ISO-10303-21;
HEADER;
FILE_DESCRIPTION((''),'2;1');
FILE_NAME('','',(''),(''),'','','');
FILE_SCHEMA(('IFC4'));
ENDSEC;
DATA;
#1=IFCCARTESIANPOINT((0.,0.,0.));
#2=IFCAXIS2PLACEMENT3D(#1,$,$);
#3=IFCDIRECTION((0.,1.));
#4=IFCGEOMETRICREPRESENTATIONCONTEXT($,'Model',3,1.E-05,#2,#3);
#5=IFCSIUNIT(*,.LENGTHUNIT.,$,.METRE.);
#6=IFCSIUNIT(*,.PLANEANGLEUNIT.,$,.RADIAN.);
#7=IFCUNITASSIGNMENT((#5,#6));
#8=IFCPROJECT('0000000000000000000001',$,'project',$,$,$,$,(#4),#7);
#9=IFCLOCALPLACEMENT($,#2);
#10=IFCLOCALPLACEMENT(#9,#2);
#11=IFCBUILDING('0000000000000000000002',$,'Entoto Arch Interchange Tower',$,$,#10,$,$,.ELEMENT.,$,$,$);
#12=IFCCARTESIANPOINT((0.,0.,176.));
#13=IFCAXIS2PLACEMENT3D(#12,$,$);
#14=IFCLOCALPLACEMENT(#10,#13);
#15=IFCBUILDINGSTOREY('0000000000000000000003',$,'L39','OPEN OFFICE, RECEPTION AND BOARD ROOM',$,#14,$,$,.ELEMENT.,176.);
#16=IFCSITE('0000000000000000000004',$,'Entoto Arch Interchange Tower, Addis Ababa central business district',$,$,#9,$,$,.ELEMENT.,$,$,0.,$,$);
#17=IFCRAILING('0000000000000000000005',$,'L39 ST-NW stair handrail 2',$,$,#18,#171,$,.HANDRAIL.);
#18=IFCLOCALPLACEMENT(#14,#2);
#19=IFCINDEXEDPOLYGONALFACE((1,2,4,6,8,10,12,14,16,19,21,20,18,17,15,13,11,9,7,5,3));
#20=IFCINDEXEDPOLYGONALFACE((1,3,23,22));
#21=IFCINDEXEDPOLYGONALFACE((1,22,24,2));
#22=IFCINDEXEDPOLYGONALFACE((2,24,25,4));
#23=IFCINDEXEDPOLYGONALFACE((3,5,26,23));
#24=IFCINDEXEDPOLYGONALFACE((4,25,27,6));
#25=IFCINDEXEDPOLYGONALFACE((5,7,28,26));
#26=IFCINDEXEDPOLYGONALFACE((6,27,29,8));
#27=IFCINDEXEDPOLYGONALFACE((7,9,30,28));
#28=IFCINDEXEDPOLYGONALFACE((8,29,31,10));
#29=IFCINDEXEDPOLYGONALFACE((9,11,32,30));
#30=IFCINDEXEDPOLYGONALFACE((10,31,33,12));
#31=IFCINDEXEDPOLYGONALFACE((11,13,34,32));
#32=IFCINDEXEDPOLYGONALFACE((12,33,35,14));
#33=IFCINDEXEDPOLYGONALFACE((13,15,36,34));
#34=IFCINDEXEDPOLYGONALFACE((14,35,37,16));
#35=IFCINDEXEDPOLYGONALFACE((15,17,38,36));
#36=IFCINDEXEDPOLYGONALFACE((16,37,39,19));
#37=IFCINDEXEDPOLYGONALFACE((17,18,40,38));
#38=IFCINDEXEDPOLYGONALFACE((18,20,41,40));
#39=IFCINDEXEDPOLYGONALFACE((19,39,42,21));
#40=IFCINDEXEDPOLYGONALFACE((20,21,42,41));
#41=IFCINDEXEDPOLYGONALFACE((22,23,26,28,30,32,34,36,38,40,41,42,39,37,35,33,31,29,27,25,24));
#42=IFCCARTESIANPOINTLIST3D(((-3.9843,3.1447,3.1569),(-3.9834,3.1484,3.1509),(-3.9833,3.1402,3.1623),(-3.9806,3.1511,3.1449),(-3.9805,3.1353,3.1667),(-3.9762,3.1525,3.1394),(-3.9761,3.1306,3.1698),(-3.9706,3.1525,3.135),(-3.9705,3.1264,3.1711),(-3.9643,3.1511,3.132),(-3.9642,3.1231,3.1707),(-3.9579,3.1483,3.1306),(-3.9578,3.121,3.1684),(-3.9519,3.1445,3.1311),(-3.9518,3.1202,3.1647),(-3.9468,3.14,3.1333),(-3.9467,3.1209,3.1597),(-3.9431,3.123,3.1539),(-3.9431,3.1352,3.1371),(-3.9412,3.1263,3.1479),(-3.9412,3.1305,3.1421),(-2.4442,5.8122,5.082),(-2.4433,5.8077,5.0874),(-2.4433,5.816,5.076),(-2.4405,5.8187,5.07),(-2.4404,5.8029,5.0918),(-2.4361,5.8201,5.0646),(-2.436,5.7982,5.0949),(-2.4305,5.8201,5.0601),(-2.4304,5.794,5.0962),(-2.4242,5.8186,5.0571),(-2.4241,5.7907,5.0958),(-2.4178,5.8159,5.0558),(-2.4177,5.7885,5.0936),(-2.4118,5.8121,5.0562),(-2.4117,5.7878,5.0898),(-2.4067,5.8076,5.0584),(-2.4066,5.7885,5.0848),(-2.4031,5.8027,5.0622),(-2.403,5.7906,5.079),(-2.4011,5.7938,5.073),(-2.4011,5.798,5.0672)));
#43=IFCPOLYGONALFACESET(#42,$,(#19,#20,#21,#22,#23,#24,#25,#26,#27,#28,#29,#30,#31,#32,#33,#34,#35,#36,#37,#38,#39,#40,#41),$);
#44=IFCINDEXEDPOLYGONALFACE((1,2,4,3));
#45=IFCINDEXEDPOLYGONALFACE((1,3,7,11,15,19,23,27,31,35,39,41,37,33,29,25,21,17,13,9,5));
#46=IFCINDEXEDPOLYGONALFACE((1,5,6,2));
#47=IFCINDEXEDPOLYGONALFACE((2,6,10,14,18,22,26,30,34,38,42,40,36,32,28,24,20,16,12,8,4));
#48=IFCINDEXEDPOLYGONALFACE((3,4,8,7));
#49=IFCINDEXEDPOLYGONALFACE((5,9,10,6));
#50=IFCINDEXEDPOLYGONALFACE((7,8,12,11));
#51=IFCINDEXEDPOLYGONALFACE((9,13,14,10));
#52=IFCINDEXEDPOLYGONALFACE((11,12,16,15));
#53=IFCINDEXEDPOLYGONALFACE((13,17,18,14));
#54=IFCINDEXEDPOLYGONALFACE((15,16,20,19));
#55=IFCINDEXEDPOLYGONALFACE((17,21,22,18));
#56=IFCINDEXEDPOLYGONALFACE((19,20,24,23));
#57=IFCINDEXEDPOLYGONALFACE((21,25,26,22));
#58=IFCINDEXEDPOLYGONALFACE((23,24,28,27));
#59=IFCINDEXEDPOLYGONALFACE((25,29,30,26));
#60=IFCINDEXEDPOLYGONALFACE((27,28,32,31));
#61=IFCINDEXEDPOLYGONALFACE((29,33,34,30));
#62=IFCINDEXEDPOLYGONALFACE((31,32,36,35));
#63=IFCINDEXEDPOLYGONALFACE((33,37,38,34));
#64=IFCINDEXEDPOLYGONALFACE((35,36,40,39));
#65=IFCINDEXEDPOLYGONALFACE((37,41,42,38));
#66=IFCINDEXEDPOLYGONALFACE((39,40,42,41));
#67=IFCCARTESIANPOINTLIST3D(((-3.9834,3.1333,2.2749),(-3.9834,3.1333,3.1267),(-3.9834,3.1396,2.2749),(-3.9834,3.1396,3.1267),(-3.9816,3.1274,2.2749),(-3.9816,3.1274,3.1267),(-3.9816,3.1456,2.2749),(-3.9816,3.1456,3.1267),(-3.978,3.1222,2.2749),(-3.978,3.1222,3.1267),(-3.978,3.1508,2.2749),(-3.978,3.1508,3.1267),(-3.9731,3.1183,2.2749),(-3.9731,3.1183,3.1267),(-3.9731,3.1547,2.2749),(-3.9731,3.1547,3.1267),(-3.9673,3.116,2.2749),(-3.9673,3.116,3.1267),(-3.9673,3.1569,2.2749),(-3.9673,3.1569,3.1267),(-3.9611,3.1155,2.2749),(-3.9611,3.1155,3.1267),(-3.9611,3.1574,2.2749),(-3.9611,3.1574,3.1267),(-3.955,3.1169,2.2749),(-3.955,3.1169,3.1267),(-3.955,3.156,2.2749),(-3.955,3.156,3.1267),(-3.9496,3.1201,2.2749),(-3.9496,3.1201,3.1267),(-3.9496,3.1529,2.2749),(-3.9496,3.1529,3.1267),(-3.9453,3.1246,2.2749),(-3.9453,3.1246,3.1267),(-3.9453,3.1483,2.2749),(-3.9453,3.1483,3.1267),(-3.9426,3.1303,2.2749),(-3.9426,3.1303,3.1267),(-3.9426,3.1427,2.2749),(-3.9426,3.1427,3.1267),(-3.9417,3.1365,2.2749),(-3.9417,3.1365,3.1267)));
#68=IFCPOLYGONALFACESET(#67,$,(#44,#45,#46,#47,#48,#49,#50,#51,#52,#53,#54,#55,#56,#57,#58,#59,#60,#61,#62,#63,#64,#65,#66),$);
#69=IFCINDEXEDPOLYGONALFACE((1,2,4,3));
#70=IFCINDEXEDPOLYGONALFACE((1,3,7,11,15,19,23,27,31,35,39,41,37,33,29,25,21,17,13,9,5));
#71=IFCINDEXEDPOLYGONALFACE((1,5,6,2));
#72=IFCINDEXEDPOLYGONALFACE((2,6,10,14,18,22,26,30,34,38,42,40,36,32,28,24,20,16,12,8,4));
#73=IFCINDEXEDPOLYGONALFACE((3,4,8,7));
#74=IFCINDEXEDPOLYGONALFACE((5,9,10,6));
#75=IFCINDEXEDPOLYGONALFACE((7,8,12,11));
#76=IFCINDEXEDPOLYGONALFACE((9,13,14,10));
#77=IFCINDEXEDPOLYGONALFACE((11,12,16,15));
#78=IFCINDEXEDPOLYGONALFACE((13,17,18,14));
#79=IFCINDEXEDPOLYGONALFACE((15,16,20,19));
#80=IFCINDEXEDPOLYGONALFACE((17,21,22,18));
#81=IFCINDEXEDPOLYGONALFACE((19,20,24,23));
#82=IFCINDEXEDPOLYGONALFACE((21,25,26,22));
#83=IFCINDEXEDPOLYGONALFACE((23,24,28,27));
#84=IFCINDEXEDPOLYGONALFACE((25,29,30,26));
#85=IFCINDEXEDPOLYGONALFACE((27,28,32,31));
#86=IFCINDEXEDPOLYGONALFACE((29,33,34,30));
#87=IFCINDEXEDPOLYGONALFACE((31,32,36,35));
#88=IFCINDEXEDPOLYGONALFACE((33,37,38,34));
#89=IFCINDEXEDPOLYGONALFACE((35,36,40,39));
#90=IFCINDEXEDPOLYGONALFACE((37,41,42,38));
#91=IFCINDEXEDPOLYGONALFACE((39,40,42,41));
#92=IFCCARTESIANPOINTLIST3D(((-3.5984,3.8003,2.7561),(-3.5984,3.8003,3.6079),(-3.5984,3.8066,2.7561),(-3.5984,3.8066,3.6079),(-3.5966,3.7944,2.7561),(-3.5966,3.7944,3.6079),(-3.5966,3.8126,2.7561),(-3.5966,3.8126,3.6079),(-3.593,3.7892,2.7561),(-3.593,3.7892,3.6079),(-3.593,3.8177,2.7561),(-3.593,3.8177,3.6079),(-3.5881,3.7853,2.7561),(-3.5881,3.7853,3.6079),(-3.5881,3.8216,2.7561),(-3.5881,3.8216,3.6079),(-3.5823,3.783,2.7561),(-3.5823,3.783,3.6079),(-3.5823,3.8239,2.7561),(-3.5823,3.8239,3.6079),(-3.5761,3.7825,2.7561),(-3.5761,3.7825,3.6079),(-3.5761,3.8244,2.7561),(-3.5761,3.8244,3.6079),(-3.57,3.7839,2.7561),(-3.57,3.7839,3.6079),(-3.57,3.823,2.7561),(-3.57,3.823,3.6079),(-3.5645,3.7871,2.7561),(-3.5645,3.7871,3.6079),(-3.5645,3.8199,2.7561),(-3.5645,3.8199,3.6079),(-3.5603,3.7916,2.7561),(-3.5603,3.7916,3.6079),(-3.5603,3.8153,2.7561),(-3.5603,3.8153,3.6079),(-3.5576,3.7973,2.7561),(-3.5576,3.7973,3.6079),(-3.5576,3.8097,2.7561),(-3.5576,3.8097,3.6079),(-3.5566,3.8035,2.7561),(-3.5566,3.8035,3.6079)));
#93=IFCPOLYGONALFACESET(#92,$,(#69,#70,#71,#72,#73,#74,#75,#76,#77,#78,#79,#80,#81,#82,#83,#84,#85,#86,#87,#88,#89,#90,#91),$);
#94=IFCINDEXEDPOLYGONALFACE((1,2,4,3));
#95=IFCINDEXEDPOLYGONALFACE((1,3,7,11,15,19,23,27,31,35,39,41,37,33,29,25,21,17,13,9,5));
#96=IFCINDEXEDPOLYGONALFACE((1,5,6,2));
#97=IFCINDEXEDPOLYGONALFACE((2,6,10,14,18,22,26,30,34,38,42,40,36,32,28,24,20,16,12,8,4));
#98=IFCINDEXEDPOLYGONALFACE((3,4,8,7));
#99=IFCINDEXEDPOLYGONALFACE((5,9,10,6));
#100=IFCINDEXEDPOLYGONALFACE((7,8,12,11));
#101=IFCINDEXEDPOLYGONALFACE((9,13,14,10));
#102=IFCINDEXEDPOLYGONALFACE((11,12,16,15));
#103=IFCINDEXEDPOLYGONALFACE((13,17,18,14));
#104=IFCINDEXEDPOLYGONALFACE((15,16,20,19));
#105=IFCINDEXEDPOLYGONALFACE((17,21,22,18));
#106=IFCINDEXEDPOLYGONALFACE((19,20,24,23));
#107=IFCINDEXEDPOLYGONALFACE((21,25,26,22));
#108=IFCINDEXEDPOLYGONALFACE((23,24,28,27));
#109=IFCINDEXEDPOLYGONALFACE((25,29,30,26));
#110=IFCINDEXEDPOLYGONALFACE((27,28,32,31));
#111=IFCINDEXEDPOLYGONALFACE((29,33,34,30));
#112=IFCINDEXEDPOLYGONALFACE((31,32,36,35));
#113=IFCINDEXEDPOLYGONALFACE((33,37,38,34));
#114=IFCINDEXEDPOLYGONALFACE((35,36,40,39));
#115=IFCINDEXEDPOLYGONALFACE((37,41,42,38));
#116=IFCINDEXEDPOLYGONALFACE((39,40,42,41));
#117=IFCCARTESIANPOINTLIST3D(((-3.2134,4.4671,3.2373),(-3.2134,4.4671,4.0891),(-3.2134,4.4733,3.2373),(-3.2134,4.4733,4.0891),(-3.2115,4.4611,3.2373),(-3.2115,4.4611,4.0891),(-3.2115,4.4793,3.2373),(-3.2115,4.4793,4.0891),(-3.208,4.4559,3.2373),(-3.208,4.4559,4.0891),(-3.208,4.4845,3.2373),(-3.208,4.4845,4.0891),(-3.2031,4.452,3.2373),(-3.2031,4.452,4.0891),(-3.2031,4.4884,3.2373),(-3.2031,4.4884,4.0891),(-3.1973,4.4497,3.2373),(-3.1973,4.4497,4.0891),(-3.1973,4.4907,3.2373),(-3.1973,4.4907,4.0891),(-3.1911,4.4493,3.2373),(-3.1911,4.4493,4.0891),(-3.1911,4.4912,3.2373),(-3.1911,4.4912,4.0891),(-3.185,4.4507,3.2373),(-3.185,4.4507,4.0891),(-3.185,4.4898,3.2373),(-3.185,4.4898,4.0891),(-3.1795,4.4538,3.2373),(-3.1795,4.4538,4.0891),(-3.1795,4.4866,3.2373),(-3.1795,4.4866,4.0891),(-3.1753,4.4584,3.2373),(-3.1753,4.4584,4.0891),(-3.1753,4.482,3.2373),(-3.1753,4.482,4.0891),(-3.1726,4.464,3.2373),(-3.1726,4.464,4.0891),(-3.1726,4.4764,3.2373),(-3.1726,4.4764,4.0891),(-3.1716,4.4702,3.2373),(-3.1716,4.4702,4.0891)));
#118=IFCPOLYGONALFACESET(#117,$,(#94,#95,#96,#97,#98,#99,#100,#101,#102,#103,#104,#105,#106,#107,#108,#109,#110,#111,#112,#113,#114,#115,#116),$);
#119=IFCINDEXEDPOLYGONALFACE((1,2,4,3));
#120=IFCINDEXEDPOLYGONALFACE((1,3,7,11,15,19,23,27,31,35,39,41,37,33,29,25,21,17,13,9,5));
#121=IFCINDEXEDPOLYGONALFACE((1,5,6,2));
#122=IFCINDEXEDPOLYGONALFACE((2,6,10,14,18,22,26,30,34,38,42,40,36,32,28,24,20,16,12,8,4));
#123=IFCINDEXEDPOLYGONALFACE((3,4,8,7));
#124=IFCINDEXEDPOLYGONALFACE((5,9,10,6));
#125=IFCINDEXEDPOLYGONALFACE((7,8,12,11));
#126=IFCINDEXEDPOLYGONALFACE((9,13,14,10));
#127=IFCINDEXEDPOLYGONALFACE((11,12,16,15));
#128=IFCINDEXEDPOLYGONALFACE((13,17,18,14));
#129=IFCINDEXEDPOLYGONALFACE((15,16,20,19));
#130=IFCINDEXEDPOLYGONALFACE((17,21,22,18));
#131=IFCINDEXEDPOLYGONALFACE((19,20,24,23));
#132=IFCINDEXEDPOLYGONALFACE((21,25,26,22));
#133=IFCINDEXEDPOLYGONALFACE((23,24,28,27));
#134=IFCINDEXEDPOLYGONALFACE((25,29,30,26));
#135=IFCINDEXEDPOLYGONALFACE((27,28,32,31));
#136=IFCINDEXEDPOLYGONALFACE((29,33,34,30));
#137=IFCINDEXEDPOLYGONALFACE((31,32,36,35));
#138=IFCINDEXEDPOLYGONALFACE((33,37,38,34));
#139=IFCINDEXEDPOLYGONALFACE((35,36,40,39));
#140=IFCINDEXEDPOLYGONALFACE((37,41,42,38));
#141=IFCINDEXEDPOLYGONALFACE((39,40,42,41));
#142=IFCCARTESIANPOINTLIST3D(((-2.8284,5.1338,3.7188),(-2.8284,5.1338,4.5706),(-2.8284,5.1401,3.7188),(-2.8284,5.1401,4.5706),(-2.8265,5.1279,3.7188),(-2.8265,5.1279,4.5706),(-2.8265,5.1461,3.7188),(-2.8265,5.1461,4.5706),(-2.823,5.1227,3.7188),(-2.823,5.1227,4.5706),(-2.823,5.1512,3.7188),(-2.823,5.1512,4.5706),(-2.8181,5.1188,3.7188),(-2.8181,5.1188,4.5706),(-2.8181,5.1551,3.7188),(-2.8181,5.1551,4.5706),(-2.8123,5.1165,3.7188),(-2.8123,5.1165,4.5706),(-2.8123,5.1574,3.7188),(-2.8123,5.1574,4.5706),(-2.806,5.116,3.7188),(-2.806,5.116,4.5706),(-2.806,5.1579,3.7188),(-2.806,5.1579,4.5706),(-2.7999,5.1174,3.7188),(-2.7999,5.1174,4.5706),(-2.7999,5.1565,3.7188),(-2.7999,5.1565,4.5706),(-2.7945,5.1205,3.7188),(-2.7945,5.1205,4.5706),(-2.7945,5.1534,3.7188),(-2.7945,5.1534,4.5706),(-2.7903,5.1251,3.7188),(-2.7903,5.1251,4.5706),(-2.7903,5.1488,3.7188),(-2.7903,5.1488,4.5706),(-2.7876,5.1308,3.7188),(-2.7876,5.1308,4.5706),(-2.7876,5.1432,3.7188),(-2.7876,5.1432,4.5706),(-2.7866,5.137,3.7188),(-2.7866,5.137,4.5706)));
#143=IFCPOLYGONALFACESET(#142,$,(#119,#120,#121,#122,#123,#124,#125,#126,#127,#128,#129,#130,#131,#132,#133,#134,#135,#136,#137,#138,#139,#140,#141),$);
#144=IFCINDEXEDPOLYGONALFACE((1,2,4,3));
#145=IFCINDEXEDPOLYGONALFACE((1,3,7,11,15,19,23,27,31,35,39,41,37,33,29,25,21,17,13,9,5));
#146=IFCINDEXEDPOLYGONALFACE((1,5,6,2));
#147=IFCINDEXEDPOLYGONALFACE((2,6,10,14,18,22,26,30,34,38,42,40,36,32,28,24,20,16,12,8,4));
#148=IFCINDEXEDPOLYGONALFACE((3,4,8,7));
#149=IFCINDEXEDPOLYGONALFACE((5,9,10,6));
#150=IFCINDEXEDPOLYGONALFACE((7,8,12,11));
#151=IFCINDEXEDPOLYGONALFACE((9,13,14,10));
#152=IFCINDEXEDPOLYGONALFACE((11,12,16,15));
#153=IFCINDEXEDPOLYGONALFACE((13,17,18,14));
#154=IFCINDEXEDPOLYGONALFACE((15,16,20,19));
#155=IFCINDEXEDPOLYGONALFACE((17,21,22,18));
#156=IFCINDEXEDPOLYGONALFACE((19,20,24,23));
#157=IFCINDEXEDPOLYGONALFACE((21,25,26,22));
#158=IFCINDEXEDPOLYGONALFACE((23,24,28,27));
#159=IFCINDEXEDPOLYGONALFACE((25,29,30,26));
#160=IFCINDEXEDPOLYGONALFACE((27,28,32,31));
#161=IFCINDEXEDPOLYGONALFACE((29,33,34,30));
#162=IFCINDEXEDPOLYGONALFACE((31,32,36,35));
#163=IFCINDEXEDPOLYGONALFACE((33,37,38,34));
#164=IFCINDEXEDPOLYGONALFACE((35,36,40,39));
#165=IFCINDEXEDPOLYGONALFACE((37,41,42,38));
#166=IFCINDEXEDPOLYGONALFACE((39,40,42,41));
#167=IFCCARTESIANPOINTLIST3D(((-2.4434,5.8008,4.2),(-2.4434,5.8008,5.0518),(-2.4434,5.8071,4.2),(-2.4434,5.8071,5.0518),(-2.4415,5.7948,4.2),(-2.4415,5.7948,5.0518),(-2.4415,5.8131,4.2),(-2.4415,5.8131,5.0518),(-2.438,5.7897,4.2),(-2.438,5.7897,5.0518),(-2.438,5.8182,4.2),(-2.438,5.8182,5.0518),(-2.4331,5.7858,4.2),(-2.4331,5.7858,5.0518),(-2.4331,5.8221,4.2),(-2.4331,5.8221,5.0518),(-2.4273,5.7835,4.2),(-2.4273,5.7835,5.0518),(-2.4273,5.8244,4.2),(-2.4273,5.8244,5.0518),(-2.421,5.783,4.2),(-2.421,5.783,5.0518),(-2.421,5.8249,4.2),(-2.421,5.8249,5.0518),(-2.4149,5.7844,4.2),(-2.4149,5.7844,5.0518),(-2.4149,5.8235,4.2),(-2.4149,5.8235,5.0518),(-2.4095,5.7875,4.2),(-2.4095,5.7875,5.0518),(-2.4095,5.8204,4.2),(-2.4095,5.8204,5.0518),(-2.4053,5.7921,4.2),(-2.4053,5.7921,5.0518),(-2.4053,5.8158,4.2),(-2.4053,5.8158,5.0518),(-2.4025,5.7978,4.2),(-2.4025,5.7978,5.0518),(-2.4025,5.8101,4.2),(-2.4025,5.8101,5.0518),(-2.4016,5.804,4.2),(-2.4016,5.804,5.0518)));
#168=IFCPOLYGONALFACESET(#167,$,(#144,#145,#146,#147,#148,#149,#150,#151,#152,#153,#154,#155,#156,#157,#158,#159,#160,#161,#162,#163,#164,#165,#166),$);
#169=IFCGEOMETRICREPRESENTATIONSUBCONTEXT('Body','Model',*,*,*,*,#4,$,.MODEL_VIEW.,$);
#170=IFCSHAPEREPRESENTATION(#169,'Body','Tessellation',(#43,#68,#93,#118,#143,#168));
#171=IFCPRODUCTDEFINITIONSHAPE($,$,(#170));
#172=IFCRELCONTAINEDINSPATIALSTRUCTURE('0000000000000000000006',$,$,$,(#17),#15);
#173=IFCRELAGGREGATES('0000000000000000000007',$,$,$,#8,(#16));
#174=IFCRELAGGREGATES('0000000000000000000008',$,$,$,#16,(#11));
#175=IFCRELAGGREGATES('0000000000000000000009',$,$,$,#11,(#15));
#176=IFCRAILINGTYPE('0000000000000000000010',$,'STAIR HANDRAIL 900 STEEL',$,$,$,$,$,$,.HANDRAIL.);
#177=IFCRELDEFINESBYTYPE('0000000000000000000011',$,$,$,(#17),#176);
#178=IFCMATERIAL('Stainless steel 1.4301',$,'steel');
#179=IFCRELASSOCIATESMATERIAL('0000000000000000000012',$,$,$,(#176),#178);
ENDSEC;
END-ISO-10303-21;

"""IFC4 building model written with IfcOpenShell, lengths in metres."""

from ifc_helpers import new_model, si_unit, direction, frame, origin, origin_2d, place, context, subcontext, project, spatial, circle, extrude, material, type_object, element, save


model = new_model("IFC4")

# Units and contexts
model_context = context("Model", 3, precision=1e-05, world=origin(), true_north=direction((0.0, 1.0)))
body_context = subcontext(model_context, "Body", "Model", "MODEL_VIEW")
ifc_project = project(units=[si_unit("LENGTHUNIT", "METRE"), si_unit("PLANEANGLEUNIT", "RADIAN")], contexts=[model_context])

# Site, building, storey
site_placement = place(None, origin())
site = spatial("IfcSite", under=ifc_project, at=site_placement, Name="Entoto Arch Interchange Tower, Addis Ababa central business district", CompositionType="ELEMENT", RefElevation=0.0)
building_placement = place(site_placement, origin())
building = spatial("IfcBuilding", under=site, at=building_placement, Name="Entoto Arch Interchange Tower", CompositionType="ELEMENT")
storey_placement = place(building_placement, frame((0.0, 0.0, 176.0)))
storey = spatial("IfcBuildingStorey", under=building, at=storey_placement, Name="L39", Description="OPEN OFFICE, RECEPTION AND BOARD ROOM", CompositionType="ELEMENT", Elevation=176.0)

# Railing
ifc_material_1 = material(Name="Stainless steel 1.4301", Category="steel")
railing_type_1 = type_object("IfcRailingType", Name="STAIR HANDRAIL 900 STEEL", PredefinedType="HANDRAIL", material=ifc_material_1)
railing_1_placement = place(storey_placement, frame((-3.9626, 3.1365, 2.2749)))
element("IfcRailing", 1, at=railing_1_placement, inside=storey, type_object=railing_type_1, Name="L39 ST-NW stair handrail 2", PredefinedType="HANDRAIL", context=body_context, shape_type="SweptSolid", body=[
    extrude(circle(Radius=0.0239, at=origin_2d()), frame((0.0, 0.0, 0.876), z_axis=(0.423994, 0.734395, 0.529993), x_axis=(-0.86603, 0.499992, 0.0)), (0.0, 0.0, 1.0), 3.6323),
    extrude(circle(Radius=0.021, at=origin_2d()), origin(), (0.0, 0.0, 1.0), 0.8518),
    extrude(circle(Radius=0.021, at=origin_2d()), frame((0.385, 0.667, 0.4812)), (0.0, 0.0, 1.0), 0.8518),
    extrude(circle(Radius=0.021, at=origin_2d()), frame((0.77, 1.3337, 0.9624)), (0.0, 0.0, 1.0), 0.8518),
    extrude(circle(Radius=0.021, at=origin_2d()), frame((1.155, 2.0005, 1.4438)), (0.0, 0.0, 1.0), 0.8518),
    extrude(circle(Radius=0.021, at=origin_2d()), frame((1.54, 2.6675, 1.925)), (0.0, 0.0, 1.0), 0.8518),
])

save(model, "model.ifc")
